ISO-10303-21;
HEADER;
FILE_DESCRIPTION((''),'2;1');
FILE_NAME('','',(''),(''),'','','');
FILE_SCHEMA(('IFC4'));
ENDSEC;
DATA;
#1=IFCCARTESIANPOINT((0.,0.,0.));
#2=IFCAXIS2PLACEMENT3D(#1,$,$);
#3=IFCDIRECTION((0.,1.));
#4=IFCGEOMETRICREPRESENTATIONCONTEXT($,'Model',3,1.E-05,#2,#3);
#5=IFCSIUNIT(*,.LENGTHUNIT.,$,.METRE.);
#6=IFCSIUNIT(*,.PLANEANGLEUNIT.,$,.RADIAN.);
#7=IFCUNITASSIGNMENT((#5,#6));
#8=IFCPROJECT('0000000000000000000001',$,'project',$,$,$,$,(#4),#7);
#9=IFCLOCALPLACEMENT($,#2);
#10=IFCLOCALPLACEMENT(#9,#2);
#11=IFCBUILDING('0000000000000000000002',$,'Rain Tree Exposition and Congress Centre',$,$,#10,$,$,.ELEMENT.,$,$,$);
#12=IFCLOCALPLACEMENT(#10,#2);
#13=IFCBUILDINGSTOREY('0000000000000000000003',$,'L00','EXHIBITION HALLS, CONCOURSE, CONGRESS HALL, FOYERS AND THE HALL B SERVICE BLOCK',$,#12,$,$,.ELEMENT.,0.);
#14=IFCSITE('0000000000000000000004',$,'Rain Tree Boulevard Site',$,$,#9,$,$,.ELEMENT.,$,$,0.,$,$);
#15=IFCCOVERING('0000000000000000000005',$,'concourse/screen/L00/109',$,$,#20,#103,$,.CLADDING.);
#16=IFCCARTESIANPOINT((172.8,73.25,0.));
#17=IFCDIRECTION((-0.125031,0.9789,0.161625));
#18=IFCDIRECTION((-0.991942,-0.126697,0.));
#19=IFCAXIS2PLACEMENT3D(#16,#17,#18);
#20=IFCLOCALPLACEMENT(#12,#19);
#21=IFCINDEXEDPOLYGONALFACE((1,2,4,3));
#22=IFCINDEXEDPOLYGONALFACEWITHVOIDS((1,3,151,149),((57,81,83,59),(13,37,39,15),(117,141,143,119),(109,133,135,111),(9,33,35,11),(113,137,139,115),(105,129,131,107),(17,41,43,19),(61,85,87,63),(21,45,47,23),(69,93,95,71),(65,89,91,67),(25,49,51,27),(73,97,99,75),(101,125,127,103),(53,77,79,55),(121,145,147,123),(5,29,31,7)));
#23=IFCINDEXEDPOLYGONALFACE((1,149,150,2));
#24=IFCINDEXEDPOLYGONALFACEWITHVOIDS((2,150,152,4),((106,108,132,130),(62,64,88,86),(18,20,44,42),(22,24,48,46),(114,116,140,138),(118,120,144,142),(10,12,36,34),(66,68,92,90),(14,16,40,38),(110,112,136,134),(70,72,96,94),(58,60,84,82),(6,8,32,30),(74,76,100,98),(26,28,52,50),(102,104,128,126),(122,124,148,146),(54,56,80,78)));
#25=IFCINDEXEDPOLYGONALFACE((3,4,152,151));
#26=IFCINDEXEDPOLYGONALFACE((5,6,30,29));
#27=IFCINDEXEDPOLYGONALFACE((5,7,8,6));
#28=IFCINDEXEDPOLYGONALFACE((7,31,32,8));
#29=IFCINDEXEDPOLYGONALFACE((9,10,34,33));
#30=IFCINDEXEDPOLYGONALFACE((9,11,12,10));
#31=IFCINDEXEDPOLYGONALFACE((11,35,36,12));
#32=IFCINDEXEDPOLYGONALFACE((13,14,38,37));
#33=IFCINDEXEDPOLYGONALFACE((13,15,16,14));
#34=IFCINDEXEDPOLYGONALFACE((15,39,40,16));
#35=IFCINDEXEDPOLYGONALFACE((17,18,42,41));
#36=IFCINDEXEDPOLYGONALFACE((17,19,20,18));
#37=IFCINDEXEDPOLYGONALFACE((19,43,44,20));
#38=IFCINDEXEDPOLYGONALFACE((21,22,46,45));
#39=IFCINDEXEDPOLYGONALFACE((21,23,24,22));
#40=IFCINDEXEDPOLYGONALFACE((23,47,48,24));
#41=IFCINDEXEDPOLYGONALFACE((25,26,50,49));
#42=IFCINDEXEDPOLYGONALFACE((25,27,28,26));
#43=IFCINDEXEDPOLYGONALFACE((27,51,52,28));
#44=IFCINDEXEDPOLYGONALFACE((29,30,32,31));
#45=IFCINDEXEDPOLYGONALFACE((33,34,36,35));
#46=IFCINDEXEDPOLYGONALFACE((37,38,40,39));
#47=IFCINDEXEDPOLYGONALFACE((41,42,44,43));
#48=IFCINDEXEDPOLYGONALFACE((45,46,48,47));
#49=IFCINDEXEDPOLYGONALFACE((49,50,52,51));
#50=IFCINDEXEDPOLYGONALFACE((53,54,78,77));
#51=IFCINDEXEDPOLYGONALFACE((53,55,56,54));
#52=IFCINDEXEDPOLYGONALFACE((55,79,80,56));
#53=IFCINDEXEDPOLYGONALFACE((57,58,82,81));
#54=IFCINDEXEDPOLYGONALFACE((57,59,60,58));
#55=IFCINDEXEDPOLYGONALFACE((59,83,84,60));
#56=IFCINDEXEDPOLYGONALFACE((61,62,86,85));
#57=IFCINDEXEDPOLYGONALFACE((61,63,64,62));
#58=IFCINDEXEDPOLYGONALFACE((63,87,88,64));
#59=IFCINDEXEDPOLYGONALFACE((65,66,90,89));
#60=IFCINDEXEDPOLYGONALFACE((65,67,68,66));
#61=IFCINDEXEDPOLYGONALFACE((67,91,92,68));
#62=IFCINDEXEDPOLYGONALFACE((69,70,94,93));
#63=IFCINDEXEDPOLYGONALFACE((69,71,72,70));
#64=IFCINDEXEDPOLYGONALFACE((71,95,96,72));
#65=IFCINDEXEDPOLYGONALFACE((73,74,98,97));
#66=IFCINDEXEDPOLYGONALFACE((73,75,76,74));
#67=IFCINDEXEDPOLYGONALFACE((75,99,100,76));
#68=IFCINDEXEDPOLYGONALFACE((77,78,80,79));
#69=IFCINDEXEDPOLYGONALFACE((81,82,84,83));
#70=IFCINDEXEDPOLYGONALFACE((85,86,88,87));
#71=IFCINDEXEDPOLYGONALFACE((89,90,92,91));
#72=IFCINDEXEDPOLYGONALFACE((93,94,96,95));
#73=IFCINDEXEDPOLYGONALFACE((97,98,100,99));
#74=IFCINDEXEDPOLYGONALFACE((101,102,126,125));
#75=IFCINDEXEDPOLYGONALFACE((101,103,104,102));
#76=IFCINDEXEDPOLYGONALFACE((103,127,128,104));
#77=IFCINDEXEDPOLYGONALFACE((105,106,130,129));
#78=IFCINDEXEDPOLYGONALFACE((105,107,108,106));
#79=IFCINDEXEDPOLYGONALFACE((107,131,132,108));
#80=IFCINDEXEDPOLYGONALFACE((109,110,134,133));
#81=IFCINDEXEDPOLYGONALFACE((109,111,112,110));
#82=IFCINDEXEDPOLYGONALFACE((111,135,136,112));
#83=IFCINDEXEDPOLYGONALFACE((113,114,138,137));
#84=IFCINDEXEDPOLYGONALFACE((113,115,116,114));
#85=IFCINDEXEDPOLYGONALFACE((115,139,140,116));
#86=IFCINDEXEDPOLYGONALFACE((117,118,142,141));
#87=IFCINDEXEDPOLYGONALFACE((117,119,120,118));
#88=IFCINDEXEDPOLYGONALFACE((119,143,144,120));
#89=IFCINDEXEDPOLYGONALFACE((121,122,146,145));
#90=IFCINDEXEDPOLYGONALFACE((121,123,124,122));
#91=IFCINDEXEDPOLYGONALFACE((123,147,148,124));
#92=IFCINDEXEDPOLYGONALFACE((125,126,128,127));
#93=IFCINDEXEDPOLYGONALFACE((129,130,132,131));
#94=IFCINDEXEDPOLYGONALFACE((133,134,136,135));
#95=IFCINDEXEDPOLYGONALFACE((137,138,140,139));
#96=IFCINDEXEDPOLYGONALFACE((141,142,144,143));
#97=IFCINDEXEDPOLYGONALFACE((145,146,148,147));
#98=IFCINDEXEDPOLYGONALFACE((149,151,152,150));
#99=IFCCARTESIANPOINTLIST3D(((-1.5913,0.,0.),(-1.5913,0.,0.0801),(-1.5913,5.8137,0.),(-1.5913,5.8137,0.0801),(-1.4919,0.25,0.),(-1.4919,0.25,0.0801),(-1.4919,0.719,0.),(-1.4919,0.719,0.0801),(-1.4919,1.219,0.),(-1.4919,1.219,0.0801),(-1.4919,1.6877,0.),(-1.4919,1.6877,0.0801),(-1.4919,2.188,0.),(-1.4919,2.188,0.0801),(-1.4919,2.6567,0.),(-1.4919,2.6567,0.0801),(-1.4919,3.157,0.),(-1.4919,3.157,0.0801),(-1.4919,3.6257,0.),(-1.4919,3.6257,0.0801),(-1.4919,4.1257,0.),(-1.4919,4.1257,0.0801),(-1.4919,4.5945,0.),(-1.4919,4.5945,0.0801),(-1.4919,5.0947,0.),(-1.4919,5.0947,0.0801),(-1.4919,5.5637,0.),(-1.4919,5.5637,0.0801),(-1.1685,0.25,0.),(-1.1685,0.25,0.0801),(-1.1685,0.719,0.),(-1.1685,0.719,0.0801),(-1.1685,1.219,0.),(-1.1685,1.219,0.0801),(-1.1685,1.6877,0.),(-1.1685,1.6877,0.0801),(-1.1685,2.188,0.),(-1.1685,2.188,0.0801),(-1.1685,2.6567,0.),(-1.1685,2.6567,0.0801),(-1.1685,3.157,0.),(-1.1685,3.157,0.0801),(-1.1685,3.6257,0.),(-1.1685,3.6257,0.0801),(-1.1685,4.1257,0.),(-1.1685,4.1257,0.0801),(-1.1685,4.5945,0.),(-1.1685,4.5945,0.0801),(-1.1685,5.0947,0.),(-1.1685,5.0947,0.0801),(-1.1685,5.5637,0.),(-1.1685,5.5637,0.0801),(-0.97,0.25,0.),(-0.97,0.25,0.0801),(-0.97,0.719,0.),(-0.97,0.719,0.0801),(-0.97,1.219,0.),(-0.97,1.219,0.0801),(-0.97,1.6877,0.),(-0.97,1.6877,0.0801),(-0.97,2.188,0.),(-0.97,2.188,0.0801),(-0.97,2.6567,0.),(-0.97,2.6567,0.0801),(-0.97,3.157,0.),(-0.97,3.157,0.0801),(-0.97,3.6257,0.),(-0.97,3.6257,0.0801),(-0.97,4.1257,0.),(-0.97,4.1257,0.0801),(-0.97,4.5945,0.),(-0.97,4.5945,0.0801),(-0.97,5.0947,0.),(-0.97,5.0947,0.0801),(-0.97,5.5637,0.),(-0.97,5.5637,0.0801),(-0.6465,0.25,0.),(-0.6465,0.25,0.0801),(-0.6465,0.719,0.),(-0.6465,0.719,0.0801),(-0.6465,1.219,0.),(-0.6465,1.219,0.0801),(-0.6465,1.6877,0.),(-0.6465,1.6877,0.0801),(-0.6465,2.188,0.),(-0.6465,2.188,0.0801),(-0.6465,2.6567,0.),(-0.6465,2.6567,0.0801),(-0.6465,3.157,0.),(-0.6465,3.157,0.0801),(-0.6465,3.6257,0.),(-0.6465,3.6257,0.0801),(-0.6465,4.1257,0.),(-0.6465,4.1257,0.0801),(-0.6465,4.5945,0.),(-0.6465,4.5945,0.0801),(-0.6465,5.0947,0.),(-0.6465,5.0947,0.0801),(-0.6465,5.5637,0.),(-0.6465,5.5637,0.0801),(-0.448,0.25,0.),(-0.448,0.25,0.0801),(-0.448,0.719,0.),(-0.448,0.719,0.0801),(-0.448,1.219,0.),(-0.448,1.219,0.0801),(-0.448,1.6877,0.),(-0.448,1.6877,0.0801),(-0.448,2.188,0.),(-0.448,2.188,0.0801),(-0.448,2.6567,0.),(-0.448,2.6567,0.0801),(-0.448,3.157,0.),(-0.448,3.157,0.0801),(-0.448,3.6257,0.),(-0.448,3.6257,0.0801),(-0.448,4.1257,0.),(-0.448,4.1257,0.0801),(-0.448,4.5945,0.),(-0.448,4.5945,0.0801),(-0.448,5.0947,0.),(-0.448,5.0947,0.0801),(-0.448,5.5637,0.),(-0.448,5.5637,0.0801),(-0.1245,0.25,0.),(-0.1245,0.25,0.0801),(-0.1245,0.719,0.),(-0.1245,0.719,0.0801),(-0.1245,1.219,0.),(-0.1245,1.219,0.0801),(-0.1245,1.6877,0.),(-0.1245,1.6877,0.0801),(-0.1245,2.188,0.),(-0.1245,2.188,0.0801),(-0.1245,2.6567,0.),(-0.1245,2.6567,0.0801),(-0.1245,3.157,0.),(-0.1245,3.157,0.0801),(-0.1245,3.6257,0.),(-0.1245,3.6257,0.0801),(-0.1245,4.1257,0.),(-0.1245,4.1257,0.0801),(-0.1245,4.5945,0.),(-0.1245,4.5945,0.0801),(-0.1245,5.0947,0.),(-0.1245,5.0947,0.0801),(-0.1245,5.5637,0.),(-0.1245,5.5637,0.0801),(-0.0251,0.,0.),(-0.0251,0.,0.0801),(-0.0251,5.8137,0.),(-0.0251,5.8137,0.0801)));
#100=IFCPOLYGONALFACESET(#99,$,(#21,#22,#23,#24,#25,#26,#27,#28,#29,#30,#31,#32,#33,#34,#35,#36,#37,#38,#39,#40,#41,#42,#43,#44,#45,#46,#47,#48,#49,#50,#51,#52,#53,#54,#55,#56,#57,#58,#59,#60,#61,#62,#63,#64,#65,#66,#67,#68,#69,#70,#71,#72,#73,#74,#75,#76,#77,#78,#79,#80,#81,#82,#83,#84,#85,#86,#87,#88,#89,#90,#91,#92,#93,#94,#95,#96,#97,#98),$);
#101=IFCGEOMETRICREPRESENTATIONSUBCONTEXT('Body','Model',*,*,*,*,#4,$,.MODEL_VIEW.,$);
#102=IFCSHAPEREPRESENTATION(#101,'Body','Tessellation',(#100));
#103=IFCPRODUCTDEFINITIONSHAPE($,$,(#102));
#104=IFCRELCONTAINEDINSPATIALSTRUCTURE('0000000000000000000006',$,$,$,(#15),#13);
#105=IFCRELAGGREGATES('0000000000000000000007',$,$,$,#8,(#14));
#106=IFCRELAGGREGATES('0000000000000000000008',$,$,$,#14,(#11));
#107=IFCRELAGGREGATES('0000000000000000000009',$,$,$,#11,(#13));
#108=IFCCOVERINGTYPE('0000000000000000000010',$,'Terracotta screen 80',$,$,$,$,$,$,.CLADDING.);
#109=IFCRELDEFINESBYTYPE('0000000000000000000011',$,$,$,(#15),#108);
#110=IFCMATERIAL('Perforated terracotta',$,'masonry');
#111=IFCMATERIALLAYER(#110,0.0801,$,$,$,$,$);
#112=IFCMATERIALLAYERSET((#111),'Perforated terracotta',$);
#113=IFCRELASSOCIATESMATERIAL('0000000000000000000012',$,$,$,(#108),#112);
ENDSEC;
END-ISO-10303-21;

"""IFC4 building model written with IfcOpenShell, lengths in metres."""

from ifc_helpers import new_model, si_unit, direction, frame, origin, place, context, subcontext, project, spatial, polyline, outline, extrude, material, layer, layer_set, type_object, element, save


model = new_model("IFC4")

# Units and contexts
model_context = context("Model", 3, precision=1e-05, world=origin(), true_north=direction((0.0, 1.0)))
body_context = subcontext(model_context, "Body", "Model", "MODEL_VIEW")
ifc_project = project(units=[si_unit("LENGTHUNIT", "METRE"), si_unit("PLANEANGLEUNIT", "RADIAN")], contexts=[model_context])

# Site, building, storey
site_placement = place(None, origin())
site = spatial("IfcSite", under=ifc_project, at=site_placement, Name="Rain Tree Boulevard Site", CompositionType="ELEMENT", RefElevation=0.0)
building_placement = place(site_placement, origin())
building = spatial("IfcBuilding", under=site, at=building_placement, Name="Rain Tree Exposition and Congress Centre", CompositionType="ELEMENT")
storey_placement = place(building_placement, origin())
storey = spatial("IfcBuildingStorey", under=building, at=storey_placement, Name="L00", Description="EXHIBITION HALLS, CONCOURSE, CONGRESS HALL, FOYERS AND THE HALL B SERVICE BLOCK", CompositionType="ELEMENT", Elevation=0.0)

# Covering
ifc_material_1 = material(Name="Perforated terracotta", Category="masonry")
ifc_layer_1 = layer(ifc_material_1, 0.0801)
ifc_layer_set_1 = layer_set([ifc_layer_1], Name="Perforated terracotta")
covering_type = type_object("IfcCoveringType", Name="Terracotta screen 80", PredefinedType="CLADDING", material=ifc_layer_set_1)
covering_1_placement = place(storey_placement, frame((172.8, 73.25, 0.0), z_axis=(-0.125031, 0.9789, 0.161625), x_axis=(-0.991942, -0.126697, 0.0)))
element("IfcCovering", 1, at=covering_1_placement, inside=storey, type_object=covering_type, Name="concourse/screen/L00/109", PredefinedType="CLADDING", context=body_context, shape_type="SweptSolid", body=[
    extrude(outline(polyline([(-0.0251, 0.0), (-1.5913, 0.0), (-1.5913, 5.8137), (-0.0251, 5.8137), (-0.0251, 0.0)]), holes=[polyline([(-0.1245, 0.25), (-0.1245, 0.719), (-0.448, 0.719), (-0.448, 0.25), (-0.1245, 0.25)]), polyline([(-0.1245, 1.219), (-0.1245, 1.6877), (-0.448, 1.6877), (-0.448, 1.219), (-0.1245, 1.219)]), polyline([(-0.1245, 2.188), (-0.1245, 2.6567), (-0.448, 2.6567), (-0.448, 2.188), (-0.1245, 2.188)]), polyline([(-0.1245, 3.157), (-0.1245, 3.6257), (-0.448, 3.6257), (-0.448, 3.157), (-0.1245, 3.157)]), polyline([(-0.1245, 4.1257), (-0.1245, 4.5945), (-0.448, 4.5945), (-0.448, 4.1257), (-0.1245, 4.1257)]), polyline([(-0.1245, 5.0947), (-0.1245, 5.5637), (-0.448, 5.5637), (-0.448, 5.0947), (-0.1245, 5.0947)]), polyline([(-0.6465, 0.25), (-0.6465, 0.719), (-0.97, 0.719), (-0.97, 0.25), (-0.6465, 0.25)]), polyline([(-0.6465, 1.219), (-0.6465, 1.6877), (-0.97, 1.6877), (-0.97, 1.219), (-0.6465, 1.219)]), polyline([(-0.6465, 2.188), (-0.6465, 2.6567), (-0.97, 2.6567), (-0.97, 2.188), (-0.6465, 2.188)]), polyline([(-0.6465, 3.157), (-0.6465, 3.6257), (-0.97, 3.6257), (-0.97, 3.157), (-0.6465, 3.157)]), polyline([(-0.6465, 4.1257), (-0.6465, 4.5945), (-0.97, 4.5945), (-0.97, 4.1257), (-0.6465, 4.1257)]), polyline([(-0.6465, 5.0947), (-0.6465, 5.5637), (-0.97, 5.5637), (-0.97, 5.0947), (-0.6465, 5.0947)]), polyline([(-1.1685, 0.25), (-1.1685, 0.719), (-1.4919, 0.719), (-1.4919, 0.25), (-1.1685, 0.25)]), polyline([(-1.1685, 1.219), (-1.1685, 1.6877), (-1.4919, 1.6877), (-1.4919, 1.219), (-1.1685, 1.219)]), polyline([(-1.1685, 2.188), (-1.1685, 2.6567), (-1.4919, 2.6567), (-1.4919, 2.188), (-1.1685, 2.188)]), polyline([(-1.1685, 3.157), (-1.1685, 3.6257), (-1.4919, 3.6257), (-1.4919, 3.157), (-1.1685, 3.157)]), polyline([(-1.1685, 4.1257), (-1.1685, 4.5945), (-1.4919, 4.5945), (-1.4919, 4.1257), (-1.1685, 4.1257)]), polyline([(-1.1685, 5.0947), (-1.1685, 5.5637), (-1.4919, 5.5637), (-1.4919, 5.0947), (-1.1685, 5.0947)])]), origin(), (0.0, 0.0, 1.0), 0.0801),
])

save(model, "model.ifc")
